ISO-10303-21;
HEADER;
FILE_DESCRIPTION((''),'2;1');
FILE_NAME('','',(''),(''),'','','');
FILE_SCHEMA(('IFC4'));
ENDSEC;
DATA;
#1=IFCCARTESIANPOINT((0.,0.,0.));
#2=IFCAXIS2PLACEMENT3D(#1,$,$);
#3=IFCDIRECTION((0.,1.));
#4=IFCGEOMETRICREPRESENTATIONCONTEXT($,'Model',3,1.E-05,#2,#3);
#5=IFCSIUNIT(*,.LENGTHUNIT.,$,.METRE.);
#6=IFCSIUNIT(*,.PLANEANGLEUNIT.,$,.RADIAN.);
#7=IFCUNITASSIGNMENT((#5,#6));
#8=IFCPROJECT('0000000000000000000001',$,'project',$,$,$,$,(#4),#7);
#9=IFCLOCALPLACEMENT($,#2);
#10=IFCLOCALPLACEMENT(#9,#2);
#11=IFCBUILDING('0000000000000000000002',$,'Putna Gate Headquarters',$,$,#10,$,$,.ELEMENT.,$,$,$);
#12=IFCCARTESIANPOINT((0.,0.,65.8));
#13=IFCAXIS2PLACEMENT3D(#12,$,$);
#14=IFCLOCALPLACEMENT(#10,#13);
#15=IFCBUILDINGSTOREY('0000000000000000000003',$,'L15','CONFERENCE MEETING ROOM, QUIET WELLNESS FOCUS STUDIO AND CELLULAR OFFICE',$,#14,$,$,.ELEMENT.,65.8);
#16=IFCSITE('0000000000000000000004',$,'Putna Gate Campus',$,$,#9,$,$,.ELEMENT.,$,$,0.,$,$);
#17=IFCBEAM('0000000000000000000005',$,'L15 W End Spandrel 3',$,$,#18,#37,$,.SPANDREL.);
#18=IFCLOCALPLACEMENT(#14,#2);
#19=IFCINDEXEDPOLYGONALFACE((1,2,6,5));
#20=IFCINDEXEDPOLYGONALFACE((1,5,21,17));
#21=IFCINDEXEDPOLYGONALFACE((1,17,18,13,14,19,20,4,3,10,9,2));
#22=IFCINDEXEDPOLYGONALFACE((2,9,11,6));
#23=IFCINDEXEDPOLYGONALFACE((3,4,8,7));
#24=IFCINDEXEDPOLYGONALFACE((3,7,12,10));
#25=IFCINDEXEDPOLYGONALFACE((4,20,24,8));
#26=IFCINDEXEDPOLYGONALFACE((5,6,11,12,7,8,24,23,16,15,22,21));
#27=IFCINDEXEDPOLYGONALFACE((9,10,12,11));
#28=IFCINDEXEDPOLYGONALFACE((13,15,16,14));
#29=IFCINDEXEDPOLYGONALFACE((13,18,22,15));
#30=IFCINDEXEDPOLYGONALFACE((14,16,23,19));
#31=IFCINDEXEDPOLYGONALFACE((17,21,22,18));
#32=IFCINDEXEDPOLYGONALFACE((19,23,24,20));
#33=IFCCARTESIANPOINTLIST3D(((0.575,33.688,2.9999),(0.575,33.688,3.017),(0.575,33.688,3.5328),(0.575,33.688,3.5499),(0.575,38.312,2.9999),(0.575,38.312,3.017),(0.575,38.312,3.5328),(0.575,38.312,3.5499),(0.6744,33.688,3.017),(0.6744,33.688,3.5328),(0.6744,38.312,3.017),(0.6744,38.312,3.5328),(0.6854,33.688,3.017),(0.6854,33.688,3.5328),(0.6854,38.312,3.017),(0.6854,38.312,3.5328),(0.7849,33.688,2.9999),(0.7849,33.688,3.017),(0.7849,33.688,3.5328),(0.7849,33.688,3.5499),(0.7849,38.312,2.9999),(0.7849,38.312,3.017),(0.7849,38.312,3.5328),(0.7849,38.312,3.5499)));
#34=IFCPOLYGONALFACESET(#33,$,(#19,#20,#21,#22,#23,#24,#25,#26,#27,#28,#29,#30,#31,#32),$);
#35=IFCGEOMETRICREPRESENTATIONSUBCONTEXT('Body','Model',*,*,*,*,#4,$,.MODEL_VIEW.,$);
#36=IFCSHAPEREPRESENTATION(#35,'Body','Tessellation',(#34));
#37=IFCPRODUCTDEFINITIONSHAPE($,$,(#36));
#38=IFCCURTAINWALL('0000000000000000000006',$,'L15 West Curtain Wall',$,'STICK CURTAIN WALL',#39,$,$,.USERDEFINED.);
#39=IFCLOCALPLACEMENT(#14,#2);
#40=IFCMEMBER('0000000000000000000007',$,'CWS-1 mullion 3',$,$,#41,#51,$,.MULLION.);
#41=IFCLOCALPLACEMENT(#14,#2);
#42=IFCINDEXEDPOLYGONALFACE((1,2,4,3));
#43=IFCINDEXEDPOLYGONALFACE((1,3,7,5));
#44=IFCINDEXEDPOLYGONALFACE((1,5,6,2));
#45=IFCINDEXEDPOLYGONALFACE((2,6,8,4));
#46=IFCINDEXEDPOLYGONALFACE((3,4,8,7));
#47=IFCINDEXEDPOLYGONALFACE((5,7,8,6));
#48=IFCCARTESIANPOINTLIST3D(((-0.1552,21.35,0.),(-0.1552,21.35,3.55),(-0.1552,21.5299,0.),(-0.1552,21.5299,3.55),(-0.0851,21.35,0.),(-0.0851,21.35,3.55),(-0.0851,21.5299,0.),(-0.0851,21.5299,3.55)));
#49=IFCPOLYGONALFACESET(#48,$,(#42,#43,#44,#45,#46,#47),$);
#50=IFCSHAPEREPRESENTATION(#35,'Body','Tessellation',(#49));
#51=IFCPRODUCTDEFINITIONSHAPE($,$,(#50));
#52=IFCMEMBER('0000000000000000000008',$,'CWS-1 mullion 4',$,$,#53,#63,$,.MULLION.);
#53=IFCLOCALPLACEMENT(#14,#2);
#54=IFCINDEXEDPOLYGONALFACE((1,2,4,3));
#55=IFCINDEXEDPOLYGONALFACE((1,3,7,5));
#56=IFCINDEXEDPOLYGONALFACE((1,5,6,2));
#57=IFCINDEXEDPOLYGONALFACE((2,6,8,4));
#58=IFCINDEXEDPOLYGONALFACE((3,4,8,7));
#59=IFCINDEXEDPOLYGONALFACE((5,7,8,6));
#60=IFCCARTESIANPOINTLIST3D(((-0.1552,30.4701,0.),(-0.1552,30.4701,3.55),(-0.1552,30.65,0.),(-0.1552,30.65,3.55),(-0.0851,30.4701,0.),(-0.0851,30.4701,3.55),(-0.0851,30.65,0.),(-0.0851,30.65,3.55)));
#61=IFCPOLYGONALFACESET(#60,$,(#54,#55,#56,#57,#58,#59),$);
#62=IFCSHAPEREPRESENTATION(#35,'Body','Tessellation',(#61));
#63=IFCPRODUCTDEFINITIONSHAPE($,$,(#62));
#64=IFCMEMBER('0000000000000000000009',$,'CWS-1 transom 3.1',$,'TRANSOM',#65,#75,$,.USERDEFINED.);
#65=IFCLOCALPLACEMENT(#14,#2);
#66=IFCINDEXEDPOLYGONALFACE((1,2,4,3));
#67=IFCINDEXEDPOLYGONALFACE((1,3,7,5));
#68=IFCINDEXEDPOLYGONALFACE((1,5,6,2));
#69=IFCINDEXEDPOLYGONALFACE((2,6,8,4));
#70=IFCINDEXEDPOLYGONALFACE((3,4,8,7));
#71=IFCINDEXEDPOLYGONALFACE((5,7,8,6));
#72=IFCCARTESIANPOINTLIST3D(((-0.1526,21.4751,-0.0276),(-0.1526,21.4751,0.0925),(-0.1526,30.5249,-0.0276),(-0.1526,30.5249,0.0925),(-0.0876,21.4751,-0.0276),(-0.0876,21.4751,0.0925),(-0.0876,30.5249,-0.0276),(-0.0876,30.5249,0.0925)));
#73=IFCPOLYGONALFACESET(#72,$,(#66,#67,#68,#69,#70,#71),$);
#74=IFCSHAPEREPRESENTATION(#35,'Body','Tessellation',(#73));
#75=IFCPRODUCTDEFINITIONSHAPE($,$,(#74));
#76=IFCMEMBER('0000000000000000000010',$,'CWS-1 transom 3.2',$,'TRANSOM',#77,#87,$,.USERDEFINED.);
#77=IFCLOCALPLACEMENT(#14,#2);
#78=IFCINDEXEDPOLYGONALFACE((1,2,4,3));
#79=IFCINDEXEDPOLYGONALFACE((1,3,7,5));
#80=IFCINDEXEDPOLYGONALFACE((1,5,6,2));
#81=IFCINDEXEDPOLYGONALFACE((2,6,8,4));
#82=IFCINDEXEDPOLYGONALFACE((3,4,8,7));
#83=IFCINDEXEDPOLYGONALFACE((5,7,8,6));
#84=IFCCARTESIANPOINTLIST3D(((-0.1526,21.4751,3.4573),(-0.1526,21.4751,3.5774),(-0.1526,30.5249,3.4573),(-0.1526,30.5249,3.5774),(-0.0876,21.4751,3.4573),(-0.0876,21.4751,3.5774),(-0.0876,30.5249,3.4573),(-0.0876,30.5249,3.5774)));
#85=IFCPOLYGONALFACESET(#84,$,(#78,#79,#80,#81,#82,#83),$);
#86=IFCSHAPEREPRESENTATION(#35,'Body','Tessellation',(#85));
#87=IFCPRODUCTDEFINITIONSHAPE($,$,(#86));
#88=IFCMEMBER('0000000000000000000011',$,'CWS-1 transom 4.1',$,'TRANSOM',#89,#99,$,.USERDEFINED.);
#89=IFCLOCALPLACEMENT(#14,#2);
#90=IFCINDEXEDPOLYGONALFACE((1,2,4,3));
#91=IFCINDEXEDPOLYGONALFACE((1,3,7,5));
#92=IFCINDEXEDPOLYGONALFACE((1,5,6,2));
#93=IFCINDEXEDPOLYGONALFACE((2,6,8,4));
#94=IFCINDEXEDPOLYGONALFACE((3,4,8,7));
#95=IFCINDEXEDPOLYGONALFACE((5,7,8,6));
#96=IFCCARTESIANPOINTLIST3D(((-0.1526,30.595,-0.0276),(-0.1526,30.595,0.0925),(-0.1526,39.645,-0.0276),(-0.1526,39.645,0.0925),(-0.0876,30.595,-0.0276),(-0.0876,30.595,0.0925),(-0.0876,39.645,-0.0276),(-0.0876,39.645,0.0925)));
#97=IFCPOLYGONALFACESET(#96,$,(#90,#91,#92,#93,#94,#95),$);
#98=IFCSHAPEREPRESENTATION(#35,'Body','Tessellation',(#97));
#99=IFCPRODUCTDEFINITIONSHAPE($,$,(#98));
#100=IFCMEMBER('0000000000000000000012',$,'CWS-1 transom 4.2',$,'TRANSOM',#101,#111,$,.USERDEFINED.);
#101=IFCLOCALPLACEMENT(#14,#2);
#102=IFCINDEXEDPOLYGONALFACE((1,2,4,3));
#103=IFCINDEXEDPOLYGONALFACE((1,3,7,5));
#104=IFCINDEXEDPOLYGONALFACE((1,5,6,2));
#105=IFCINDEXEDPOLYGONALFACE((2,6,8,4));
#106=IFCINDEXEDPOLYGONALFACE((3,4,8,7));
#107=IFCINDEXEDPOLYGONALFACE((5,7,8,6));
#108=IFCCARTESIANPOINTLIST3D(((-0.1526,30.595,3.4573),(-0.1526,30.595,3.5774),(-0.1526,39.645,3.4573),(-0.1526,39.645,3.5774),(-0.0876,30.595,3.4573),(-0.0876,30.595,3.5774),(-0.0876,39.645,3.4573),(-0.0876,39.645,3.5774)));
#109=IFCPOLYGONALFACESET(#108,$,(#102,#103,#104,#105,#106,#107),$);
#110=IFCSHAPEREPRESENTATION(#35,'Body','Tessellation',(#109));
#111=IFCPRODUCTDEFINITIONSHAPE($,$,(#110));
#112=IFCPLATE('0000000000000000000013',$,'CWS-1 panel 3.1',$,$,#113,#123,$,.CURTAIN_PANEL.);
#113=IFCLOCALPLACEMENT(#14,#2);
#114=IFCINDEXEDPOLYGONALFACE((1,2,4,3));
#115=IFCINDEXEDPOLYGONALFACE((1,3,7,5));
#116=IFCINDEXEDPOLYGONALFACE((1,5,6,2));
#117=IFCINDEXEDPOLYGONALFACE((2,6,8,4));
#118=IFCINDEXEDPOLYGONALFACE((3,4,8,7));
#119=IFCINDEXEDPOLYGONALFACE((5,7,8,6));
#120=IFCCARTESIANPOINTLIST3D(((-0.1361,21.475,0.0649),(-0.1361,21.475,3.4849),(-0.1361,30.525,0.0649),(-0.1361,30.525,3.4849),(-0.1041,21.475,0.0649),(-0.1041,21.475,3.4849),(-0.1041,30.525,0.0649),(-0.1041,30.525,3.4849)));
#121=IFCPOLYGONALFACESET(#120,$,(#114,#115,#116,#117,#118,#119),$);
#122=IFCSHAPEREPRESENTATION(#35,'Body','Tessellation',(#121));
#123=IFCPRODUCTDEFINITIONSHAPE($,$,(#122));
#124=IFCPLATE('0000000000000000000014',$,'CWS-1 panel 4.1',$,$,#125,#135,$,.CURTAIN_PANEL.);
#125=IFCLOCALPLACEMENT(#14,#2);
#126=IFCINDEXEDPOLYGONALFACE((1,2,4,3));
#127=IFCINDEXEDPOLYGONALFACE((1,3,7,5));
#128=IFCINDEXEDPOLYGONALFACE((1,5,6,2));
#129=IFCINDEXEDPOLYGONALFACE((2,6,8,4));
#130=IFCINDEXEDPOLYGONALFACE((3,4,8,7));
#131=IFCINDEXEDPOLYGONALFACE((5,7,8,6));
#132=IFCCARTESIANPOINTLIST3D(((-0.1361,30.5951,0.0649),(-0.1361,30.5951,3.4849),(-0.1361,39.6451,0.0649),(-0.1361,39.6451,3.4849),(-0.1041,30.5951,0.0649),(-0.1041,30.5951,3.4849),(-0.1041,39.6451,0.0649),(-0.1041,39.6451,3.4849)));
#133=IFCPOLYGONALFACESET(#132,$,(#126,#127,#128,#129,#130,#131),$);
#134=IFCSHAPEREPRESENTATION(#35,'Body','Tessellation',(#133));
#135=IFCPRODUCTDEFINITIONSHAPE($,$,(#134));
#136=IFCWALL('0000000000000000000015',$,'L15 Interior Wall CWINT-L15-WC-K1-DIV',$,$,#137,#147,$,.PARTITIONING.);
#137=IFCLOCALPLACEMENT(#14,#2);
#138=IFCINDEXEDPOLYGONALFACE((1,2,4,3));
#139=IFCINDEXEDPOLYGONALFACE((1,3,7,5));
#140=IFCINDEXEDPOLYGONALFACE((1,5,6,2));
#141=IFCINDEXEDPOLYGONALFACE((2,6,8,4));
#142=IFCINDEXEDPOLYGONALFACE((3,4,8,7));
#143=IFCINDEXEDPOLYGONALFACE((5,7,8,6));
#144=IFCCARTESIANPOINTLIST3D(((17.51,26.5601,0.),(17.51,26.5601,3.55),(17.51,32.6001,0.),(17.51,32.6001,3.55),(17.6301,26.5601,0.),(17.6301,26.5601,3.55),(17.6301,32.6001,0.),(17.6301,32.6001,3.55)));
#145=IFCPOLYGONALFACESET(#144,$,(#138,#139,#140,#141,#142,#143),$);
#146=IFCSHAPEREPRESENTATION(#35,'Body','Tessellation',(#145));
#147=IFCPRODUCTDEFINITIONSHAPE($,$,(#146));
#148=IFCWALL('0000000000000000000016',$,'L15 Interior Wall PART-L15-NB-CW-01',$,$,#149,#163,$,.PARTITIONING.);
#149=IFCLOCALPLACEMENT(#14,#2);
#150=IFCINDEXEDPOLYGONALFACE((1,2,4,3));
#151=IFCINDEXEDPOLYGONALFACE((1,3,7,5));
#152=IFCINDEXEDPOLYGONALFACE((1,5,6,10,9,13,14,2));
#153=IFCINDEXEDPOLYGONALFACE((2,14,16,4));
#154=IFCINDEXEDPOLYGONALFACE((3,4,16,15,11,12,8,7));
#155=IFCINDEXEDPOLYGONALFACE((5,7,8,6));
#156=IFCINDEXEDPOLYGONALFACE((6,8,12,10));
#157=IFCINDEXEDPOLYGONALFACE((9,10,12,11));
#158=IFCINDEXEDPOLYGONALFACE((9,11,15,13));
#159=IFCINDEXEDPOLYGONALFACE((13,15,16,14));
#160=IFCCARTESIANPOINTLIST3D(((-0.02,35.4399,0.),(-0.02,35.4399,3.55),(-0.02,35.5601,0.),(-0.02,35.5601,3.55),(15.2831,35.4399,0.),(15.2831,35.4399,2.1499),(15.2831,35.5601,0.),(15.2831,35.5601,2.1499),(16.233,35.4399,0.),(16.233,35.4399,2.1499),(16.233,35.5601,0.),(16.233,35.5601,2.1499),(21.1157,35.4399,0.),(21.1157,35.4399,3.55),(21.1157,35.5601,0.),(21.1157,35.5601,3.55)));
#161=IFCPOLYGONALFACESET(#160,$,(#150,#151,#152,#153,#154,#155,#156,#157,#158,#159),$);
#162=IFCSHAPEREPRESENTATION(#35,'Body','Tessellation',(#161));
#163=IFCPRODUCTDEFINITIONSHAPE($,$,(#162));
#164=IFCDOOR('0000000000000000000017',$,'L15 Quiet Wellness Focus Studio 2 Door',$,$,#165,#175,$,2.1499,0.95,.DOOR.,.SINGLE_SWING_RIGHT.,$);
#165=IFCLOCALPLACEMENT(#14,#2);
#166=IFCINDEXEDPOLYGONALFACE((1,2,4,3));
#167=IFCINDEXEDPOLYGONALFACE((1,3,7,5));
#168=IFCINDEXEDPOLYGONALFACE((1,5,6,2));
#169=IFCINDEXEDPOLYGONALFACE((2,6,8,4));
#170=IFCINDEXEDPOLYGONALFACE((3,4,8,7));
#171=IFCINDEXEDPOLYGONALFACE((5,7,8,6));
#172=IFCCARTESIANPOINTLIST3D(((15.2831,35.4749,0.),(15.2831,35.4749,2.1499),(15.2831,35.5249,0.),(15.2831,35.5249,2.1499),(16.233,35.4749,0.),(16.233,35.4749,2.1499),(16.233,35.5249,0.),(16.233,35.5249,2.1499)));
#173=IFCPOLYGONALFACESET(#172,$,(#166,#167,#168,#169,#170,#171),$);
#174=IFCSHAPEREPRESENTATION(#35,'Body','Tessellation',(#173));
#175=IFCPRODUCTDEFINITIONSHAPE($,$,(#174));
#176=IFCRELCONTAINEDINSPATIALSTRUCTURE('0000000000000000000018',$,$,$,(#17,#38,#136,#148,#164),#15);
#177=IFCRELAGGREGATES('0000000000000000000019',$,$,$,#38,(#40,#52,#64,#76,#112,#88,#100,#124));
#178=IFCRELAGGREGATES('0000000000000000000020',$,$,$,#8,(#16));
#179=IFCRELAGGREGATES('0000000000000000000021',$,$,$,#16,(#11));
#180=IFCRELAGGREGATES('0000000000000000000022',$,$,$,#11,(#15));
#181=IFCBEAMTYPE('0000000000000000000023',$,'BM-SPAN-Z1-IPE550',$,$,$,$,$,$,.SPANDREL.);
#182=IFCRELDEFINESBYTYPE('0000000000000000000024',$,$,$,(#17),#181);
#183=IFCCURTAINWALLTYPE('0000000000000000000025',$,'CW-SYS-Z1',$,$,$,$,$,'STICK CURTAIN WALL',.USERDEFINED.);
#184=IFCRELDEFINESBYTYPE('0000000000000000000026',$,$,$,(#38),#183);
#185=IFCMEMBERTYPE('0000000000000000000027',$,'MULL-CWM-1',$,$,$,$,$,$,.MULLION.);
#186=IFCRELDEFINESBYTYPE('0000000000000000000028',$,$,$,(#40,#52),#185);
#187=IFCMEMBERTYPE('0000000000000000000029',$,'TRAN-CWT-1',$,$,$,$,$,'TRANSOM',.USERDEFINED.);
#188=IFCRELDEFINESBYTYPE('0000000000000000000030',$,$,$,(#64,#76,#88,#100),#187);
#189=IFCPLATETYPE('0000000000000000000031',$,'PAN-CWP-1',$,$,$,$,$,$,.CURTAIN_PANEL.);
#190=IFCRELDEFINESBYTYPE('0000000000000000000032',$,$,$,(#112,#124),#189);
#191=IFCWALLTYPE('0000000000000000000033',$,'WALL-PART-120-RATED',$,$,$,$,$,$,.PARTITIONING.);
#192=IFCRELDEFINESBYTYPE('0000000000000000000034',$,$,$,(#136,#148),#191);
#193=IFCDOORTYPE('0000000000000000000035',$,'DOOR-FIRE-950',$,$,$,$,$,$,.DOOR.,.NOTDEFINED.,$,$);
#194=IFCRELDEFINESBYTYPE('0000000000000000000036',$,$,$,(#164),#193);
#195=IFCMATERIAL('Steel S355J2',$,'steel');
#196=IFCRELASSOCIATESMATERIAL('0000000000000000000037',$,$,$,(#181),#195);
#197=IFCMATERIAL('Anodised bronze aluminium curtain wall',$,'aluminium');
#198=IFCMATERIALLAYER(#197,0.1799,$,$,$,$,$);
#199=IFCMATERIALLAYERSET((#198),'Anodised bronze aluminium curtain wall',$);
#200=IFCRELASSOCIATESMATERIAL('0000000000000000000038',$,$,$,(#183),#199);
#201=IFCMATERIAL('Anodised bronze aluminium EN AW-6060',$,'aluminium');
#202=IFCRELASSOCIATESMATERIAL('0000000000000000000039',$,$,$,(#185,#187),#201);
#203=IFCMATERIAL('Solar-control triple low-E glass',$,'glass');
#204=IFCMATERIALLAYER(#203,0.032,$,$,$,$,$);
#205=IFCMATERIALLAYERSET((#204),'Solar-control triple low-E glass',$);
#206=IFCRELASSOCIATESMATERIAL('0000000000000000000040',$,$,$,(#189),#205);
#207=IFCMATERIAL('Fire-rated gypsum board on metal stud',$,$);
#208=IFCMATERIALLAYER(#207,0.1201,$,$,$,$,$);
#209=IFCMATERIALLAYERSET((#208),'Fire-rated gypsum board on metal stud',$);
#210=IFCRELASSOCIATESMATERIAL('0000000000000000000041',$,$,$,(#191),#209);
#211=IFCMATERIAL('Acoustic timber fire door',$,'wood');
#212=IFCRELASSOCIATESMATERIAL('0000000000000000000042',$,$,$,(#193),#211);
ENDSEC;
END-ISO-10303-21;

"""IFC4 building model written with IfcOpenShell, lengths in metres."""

from ifc_helpers import new_model, si_unit, direction, frame, frame_2d, origin, origin_2d, place, context, subcontext, project, spatial, rectangle, i_section, extrude, material, layer, layer_set, material_profile, profile_set, type_object, element, fill, aggregate, save


model = new_model("IFC4")

# Units and contexts
model_context = context("Model", 3, precision=1e-05, world=origin(), true_north=direction((0.0, 1.0)))
body_context = subcontext(model_context, "Body", "Model", "MODEL_VIEW")
ifc_project = project(units=[si_unit("LENGTHUNIT", "METRE"), si_unit("PLANEANGLEUNIT", "RADIAN")], contexts=[model_context])

# Site, building, storey
site_placement = place(None, origin())
site = spatial("IfcSite", under=ifc_project, at=site_placement, Name="Putna Gate Campus", CompositionType="ELEMENT", RefElevation=0.0)
building_placement = place(site_placement, origin())
building = spatial("IfcBuilding", under=site, at=building_placement, Name="Putna Gate Headquarters", CompositionType="ELEMENT")
storey_placement = place(building_placement, frame((0.0, 0.0, 65.8)))
storey = spatial("IfcBuildingStorey", under=building, at=storey_placement, Name="L15", Description="CONFERENCE MEETING ROOM, QUIET WELLNESS FOCUS STUDIO AND CELLULAR OFFICE", CompositionType="ELEMENT", Elevation=65.8)

# Beam
ifc_material_1 = material(Name="Steel S355J2", Category="steel")
ifc_material_profile_1 = material_profile(ifc_material_1, i_section(OverallWidth=0.21, OverallDepth=0.55, WebThickness=0.011, FlangeThickness=0.0171, at=origin_2d()), Name="Steel S355J2")
ifc_profile_set_1 = profile_set([ifc_material_profile_1], Name="Steel S355J2")
beam_type_1 = type_object("IfcBeamType", Name="BM-SPAN-Z1-IPE550", PredefinedType="SPANDREL", material=ifc_profile_set_1)
beam_1_placement = place(storey_placement, frame((0.6799, 33.688, 3.2749), z_axis=(0.0, 1.0, 0.0), x_axis=(-1.0, 0.0, 0.0)))
element("IfcBeam", 1, at=beam_1_placement, inside=storey, type_object=beam_type_1, Name="L15 W End Spandrel 3", PredefinedType="SPANDREL", context=body_context, shape_type="SweptSolid", body=[
    extrude(i_section(OverallWidth=0.21, OverallDepth=0.55, WebThickness=0.011, FlangeThickness=0.0171, at=origin_2d()), origin(), (0.0, 0.0, 1.0), 4.624),
])

# Curtain wall, members, plates
ifc_material_2 = material(Name="Anodised bronze aluminium curtain wall", Category="aluminium")
ifc_layer_1 = layer(ifc_material_2, 0.1799)
ifc_layer_set_1 = layer_set([ifc_layer_1], Name="Anodised bronze aluminium curtain wall")
curtain_wall_type = type_object("IfcCurtainWallType", Name="CW-SYS-Z1", ElementType="STICK CURTAIN WALL", PredefinedType="USERDEFINED", material=ifc_layer_set_1)
curtain_wall_placement = place(storey_placement, origin())
curtain_wall = element("IfcCurtainWall", 2, at=curtain_wall_placement, inside=storey, type_object=curtain_wall_type, Name="L15 West Curtain Wall", ObjectType="STICK CURTAIN WALL", PredefinedType="USERDEFINED")
ifc_material_3 = material(Name="Anodised bronze aluminium EN AW-6060", Category="aluminium")
ifc_material_profile_2 = material_profile(ifc_material_3, rectangle(XDim=0.0701, YDim=0.1799, at=origin_2d()), Name="Anodised bronze aluminium EN AW-6060")
ifc_profile_set_2 = profile_set([ifc_material_profile_2], Name="Anodised bronze aluminium EN AW-6060")
member_type_1 = type_object("IfcMemberType", Name="MULL-CWM-1", PredefinedType="MULLION", material=ifc_profile_set_2)
member_1_placement = place(storey_placement, frame((-0.1201, 21.4399, 0.0), z_axis=(0.0, 0.0, 1.0), x_axis=(-1.0, 0.0, 0.0)))
member_1 = element("IfcMember", 3, at=member_1_placement, type_object=member_type_1, Name="CWS-1 mullion 3", PredefinedType="MULLION", context=body_context, shape_type="SweptSolid", body=[
    extrude(rectangle(XDim=0.0701, YDim=0.1799, at=origin_2d()), origin(), (0.0, 0.0, 1.0), 3.55),
])
member_2_placement = place(storey_placement, frame((-0.1201, 30.5601, 0.0), z_axis=(0.0, 0.0, 1.0), x_axis=(-1.0, 0.0, 0.0)))
member_2 = element("IfcMember", 4, at=member_2_placement, type_object=member_type_1, Name="CWS-1 mullion 4", PredefinedType="MULLION", context=body_context, shape_type="SweptSolid", body=[
    extrude(rectangle(XDim=0.0701, YDim=0.1799, at=origin_2d()), origin(), (0.0, 0.0, 1.0), 3.55),
])
ifc_material_profile_3 = material_profile(ifc_material_3, rectangle(XDim=0.0649, YDim=0.1201, at=origin_2d()), Name="Anodised bronze aluminium EN AW-6060")
ifc_profile_set_3 = profile_set([ifc_material_profile_3], Name="Anodised bronze aluminium EN AW-6060")
member_type_2 = type_object("IfcMemberType", Name="TRAN-CWT-1", ElementType="TRANSOM", PredefinedType="USERDEFINED", material=ifc_profile_set_3)
member_3_placement = place(storey_placement, frame((-0.1201, 21.4751, 0.0325), z_axis=(0.0, 1.0, 0.0), x_axis=(-1.0, 0.0, 0.0)))
member_3 = element("IfcMember", 5, at=member_3_placement, type_object=member_type_2, Name="CWS-1 transom 3.1", ObjectType="TRANSOM", PredefinedType="USERDEFINED", context=body_context, shape_type="SweptSolid", body=[
    extrude(rectangle(XDim=0.0649, YDim=0.1201, at=origin_2d()), origin(), (0.0, 0.0, 1.0), 9.0498),
])
member_4_placement = place(storey_placement, frame((-0.1201, 21.4751, 3.5173), z_axis=(0.0, 1.0, 0.0), x_axis=(-1.0, 0.0, 0.0)))
member_4 = element("IfcMember", 6, at=member_4_placement, type_object=member_type_2, Name="CWS-1 transom 3.2", ObjectType="TRANSOM", PredefinedType="USERDEFINED", context=body_context, shape_type="SweptSolid", body=[
    extrude(rectangle(XDim=0.0649, YDim=0.1201, at=origin_2d()), origin(), (0.0, 0.0, 1.0), 9.0498),
])
member_5_placement = place(storey_placement, frame((-0.1201, 30.595, 0.0325), z_axis=(0.0, 1.0, 0.0), x_axis=(-1.0, 0.0, 0.0)))
member_5 = element("IfcMember", 7, at=member_5_placement, type_object=member_type_2, Name="CWS-1 transom 4.1", ObjectType="TRANSOM", PredefinedType="USERDEFINED", context=body_context, shape_type="SweptSolid", body=[
    extrude(rectangle(XDim=0.0649, YDim=0.1201, at=origin_2d()), origin(), (0.0, 0.0, 1.0), 9.05),
])
member_6_placement = place(storey_placement, frame((-0.1201, 30.595, 3.5173), z_axis=(0.0, 1.0, 0.0), x_axis=(-1.0, 0.0, 0.0)))
member_6 = element("IfcMember", 8, at=member_6_placement, type_object=member_type_2, Name="CWS-1 transom 4.2", ObjectType="TRANSOM", PredefinedType="USERDEFINED", context=body_context, shape_type="SweptSolid", body=[
    extrude(rectangle(XDim=0.0649, YDim=0.1201, at=origin_2d()), origin(), (0.0, 0.0, 1.0), 9.05),
])
ifc_material_4 = material(Name="Solar-control triple low-E glass", Category="glass")
ifc_layer_2 = layer(ifc_material_4, 0.032)
ifc_layer_set_2 = layer_set([ifc_layer_2], Name="Solar-control triple low-E glass")
plate_type = type_object("IfcPlateType", Name="PAN-CWP-1", PredefinedType="CURTAIN_PANEL", material=ifc_layer_set_2)
plate_1_placement = place(storey_placement, frame((-0.1201, 26.0, 0.0649), z_axis=(0.0, 0.0, 1.0), x_axis=(0.0, 1.0, 0.0)))
plate_1 = element("IfcPlate", 9, at=plate_1_placement, type_object=plate_type, Name="CWS-1 panel 3.1", PredefinedType="CURTAIN_PANEL", context=body_context, shape_type="SweptSolid", body=[
    extrude(rectangle(XDim=9.05, YDim=0.032, at=origin_2d()), origin(), (0.0, 0.0, 1.0), 3.4199),
])
plate_2_placement = place(storey_placement, frame((-0.1201, 35.1201, 0.0649), z_axis=(0.0, 0.0, 1.0), x_axis=(0.0, 1.0, 0.0)))
plate_2 = element("IfcPlate", 10, at=plate_2_placement, type_object=plate_type, Name="CWS-1 panel 4.1", PredefinedType="CURTAIN_PANEL", context=body_context, shape_type="SweptSolid", body=[
    extrude(rectangle(XDim=9.05, YDim=0.032, at=origin_2d()), origin(), (0.0, 0.0, 1.0), 3.4199),
])
aggregate(curtain_wall, [member_1, member_2, member_3, member_4, plate_1, member_5, member_6, plate_2])

# Wall
ifc_material_5 = material(Name="Fire-rated gypsum board on metal stud")
ifc_layer_3 = layer(ifc_material_5, 0.1201)
ifc_layer_set_3 = layer_set([ifc_layer_3], Name="Fire-rated gypsum board on metal stud")
wall_type_1 = type_object("IfcWallType", Name="WALL-PART-120-RATED", PredefinedType="PARTITIONING", material=ifc_layer_set_3)
wall_1_placement = place(storey_placement, frame((17.5701, 26.5601, 0.0), z_axis=(0.0, 0.0, 1.0), x_axis=(0.0, 1.0, 0.0)))
element("IfcWall", 11, at=wall_1_placement, inside=storey, type_object=wall_type_1, Name="L15 Interior Wall CWINT-L15-WC-K1-DIV", PredefinedType="PARTITIONING", context=body_context, shape_type="SweptSolid", body=[
    extrude(rectangle(XDim=6.04, YDim=0.1201, at=frame_2d((3.02, 0.0))), origin(), (0.0, 0.0, 1.0), 3.55),
])

# Wall, opening, door
wall_2_placement = place(storey_placement, frame((-0.02, 35.5, 0.0), z_axis=(0.0, 0.0, 1.0), x_axis=(1.0, 0.0, 0.0)))
wall_2 = element("IfcWall", 12, at=wall_2_placement, inside=storey, type_object=wall_type_1, Name="L15 Interior Wall PART-L15-NB-CW-01", PredefinedType="PARTITIONING", context=body_context, shape_type="SweptSolid", body=[
    extrude(rectangle(XDim=21.1357, YDim=0.1201, at=frame_2d((10.5679, 0.0))), origin(), (0.0, 0.0, 1.0), 3.55),
])
opening_1_placement = place(wall_2_placement, frame((15.303, 0.0, 0.0)))
opening_1 = element("IfcOpeningElement", 13, at=opening_1_placement, cuts=wall_2, PredefinedType="OPENING", context=body_context, shape_type="SweptSolid", body=[
    extrude(rectangle(XDim=0.95, YDim=2.1499, at=frame_2d((0.4751, 1.075))), frame((0.0, 0.0701, 0.0), z_axis=(0.0, -1.0, 0.0), x_axis=(1.0, 0.0, 0.0)), (0.0, 0.0, 1.0), 0.1401),
])
ifc_material_6 = material(Name="Acoustic timber fire door", Category="wood")
door_type_1 = type_object("IfcDoorType", Name="DOOR-FIRE-950", OperationType="NOTDEFINED", PredefinedType="DOOR", material=ifc_material_6)
door_1_placement = place(opening_1_placement, origin())
door_1 = element("IfcDoor", 14, at=door_1_placement, inside=storey, type_object=door_type_1, Name="L15 Quiet Wellness Focus Studio 2 Door", OperationType="SINGLE_SWING_RIGHT", OverallHeight=2.1499, OverallWidth=0.95, PredefinedType="DOOR", context=body_context, shape_type="SweptSolid", body=[
    extrude(rectangle(XDim=0.95, YDim=2.1499, at=frame_2d((0.4751, 1.075))), frame((0.0, 0.0249, 0.0), z_axis=(0.0, -1.0, 0.0), x_axis=(1.0, 0.0, 0.0)), (0.0, 0.0, 1.0), 0.05),
])
fill(opening_1, door_1)

save(model, "model.ifc")
